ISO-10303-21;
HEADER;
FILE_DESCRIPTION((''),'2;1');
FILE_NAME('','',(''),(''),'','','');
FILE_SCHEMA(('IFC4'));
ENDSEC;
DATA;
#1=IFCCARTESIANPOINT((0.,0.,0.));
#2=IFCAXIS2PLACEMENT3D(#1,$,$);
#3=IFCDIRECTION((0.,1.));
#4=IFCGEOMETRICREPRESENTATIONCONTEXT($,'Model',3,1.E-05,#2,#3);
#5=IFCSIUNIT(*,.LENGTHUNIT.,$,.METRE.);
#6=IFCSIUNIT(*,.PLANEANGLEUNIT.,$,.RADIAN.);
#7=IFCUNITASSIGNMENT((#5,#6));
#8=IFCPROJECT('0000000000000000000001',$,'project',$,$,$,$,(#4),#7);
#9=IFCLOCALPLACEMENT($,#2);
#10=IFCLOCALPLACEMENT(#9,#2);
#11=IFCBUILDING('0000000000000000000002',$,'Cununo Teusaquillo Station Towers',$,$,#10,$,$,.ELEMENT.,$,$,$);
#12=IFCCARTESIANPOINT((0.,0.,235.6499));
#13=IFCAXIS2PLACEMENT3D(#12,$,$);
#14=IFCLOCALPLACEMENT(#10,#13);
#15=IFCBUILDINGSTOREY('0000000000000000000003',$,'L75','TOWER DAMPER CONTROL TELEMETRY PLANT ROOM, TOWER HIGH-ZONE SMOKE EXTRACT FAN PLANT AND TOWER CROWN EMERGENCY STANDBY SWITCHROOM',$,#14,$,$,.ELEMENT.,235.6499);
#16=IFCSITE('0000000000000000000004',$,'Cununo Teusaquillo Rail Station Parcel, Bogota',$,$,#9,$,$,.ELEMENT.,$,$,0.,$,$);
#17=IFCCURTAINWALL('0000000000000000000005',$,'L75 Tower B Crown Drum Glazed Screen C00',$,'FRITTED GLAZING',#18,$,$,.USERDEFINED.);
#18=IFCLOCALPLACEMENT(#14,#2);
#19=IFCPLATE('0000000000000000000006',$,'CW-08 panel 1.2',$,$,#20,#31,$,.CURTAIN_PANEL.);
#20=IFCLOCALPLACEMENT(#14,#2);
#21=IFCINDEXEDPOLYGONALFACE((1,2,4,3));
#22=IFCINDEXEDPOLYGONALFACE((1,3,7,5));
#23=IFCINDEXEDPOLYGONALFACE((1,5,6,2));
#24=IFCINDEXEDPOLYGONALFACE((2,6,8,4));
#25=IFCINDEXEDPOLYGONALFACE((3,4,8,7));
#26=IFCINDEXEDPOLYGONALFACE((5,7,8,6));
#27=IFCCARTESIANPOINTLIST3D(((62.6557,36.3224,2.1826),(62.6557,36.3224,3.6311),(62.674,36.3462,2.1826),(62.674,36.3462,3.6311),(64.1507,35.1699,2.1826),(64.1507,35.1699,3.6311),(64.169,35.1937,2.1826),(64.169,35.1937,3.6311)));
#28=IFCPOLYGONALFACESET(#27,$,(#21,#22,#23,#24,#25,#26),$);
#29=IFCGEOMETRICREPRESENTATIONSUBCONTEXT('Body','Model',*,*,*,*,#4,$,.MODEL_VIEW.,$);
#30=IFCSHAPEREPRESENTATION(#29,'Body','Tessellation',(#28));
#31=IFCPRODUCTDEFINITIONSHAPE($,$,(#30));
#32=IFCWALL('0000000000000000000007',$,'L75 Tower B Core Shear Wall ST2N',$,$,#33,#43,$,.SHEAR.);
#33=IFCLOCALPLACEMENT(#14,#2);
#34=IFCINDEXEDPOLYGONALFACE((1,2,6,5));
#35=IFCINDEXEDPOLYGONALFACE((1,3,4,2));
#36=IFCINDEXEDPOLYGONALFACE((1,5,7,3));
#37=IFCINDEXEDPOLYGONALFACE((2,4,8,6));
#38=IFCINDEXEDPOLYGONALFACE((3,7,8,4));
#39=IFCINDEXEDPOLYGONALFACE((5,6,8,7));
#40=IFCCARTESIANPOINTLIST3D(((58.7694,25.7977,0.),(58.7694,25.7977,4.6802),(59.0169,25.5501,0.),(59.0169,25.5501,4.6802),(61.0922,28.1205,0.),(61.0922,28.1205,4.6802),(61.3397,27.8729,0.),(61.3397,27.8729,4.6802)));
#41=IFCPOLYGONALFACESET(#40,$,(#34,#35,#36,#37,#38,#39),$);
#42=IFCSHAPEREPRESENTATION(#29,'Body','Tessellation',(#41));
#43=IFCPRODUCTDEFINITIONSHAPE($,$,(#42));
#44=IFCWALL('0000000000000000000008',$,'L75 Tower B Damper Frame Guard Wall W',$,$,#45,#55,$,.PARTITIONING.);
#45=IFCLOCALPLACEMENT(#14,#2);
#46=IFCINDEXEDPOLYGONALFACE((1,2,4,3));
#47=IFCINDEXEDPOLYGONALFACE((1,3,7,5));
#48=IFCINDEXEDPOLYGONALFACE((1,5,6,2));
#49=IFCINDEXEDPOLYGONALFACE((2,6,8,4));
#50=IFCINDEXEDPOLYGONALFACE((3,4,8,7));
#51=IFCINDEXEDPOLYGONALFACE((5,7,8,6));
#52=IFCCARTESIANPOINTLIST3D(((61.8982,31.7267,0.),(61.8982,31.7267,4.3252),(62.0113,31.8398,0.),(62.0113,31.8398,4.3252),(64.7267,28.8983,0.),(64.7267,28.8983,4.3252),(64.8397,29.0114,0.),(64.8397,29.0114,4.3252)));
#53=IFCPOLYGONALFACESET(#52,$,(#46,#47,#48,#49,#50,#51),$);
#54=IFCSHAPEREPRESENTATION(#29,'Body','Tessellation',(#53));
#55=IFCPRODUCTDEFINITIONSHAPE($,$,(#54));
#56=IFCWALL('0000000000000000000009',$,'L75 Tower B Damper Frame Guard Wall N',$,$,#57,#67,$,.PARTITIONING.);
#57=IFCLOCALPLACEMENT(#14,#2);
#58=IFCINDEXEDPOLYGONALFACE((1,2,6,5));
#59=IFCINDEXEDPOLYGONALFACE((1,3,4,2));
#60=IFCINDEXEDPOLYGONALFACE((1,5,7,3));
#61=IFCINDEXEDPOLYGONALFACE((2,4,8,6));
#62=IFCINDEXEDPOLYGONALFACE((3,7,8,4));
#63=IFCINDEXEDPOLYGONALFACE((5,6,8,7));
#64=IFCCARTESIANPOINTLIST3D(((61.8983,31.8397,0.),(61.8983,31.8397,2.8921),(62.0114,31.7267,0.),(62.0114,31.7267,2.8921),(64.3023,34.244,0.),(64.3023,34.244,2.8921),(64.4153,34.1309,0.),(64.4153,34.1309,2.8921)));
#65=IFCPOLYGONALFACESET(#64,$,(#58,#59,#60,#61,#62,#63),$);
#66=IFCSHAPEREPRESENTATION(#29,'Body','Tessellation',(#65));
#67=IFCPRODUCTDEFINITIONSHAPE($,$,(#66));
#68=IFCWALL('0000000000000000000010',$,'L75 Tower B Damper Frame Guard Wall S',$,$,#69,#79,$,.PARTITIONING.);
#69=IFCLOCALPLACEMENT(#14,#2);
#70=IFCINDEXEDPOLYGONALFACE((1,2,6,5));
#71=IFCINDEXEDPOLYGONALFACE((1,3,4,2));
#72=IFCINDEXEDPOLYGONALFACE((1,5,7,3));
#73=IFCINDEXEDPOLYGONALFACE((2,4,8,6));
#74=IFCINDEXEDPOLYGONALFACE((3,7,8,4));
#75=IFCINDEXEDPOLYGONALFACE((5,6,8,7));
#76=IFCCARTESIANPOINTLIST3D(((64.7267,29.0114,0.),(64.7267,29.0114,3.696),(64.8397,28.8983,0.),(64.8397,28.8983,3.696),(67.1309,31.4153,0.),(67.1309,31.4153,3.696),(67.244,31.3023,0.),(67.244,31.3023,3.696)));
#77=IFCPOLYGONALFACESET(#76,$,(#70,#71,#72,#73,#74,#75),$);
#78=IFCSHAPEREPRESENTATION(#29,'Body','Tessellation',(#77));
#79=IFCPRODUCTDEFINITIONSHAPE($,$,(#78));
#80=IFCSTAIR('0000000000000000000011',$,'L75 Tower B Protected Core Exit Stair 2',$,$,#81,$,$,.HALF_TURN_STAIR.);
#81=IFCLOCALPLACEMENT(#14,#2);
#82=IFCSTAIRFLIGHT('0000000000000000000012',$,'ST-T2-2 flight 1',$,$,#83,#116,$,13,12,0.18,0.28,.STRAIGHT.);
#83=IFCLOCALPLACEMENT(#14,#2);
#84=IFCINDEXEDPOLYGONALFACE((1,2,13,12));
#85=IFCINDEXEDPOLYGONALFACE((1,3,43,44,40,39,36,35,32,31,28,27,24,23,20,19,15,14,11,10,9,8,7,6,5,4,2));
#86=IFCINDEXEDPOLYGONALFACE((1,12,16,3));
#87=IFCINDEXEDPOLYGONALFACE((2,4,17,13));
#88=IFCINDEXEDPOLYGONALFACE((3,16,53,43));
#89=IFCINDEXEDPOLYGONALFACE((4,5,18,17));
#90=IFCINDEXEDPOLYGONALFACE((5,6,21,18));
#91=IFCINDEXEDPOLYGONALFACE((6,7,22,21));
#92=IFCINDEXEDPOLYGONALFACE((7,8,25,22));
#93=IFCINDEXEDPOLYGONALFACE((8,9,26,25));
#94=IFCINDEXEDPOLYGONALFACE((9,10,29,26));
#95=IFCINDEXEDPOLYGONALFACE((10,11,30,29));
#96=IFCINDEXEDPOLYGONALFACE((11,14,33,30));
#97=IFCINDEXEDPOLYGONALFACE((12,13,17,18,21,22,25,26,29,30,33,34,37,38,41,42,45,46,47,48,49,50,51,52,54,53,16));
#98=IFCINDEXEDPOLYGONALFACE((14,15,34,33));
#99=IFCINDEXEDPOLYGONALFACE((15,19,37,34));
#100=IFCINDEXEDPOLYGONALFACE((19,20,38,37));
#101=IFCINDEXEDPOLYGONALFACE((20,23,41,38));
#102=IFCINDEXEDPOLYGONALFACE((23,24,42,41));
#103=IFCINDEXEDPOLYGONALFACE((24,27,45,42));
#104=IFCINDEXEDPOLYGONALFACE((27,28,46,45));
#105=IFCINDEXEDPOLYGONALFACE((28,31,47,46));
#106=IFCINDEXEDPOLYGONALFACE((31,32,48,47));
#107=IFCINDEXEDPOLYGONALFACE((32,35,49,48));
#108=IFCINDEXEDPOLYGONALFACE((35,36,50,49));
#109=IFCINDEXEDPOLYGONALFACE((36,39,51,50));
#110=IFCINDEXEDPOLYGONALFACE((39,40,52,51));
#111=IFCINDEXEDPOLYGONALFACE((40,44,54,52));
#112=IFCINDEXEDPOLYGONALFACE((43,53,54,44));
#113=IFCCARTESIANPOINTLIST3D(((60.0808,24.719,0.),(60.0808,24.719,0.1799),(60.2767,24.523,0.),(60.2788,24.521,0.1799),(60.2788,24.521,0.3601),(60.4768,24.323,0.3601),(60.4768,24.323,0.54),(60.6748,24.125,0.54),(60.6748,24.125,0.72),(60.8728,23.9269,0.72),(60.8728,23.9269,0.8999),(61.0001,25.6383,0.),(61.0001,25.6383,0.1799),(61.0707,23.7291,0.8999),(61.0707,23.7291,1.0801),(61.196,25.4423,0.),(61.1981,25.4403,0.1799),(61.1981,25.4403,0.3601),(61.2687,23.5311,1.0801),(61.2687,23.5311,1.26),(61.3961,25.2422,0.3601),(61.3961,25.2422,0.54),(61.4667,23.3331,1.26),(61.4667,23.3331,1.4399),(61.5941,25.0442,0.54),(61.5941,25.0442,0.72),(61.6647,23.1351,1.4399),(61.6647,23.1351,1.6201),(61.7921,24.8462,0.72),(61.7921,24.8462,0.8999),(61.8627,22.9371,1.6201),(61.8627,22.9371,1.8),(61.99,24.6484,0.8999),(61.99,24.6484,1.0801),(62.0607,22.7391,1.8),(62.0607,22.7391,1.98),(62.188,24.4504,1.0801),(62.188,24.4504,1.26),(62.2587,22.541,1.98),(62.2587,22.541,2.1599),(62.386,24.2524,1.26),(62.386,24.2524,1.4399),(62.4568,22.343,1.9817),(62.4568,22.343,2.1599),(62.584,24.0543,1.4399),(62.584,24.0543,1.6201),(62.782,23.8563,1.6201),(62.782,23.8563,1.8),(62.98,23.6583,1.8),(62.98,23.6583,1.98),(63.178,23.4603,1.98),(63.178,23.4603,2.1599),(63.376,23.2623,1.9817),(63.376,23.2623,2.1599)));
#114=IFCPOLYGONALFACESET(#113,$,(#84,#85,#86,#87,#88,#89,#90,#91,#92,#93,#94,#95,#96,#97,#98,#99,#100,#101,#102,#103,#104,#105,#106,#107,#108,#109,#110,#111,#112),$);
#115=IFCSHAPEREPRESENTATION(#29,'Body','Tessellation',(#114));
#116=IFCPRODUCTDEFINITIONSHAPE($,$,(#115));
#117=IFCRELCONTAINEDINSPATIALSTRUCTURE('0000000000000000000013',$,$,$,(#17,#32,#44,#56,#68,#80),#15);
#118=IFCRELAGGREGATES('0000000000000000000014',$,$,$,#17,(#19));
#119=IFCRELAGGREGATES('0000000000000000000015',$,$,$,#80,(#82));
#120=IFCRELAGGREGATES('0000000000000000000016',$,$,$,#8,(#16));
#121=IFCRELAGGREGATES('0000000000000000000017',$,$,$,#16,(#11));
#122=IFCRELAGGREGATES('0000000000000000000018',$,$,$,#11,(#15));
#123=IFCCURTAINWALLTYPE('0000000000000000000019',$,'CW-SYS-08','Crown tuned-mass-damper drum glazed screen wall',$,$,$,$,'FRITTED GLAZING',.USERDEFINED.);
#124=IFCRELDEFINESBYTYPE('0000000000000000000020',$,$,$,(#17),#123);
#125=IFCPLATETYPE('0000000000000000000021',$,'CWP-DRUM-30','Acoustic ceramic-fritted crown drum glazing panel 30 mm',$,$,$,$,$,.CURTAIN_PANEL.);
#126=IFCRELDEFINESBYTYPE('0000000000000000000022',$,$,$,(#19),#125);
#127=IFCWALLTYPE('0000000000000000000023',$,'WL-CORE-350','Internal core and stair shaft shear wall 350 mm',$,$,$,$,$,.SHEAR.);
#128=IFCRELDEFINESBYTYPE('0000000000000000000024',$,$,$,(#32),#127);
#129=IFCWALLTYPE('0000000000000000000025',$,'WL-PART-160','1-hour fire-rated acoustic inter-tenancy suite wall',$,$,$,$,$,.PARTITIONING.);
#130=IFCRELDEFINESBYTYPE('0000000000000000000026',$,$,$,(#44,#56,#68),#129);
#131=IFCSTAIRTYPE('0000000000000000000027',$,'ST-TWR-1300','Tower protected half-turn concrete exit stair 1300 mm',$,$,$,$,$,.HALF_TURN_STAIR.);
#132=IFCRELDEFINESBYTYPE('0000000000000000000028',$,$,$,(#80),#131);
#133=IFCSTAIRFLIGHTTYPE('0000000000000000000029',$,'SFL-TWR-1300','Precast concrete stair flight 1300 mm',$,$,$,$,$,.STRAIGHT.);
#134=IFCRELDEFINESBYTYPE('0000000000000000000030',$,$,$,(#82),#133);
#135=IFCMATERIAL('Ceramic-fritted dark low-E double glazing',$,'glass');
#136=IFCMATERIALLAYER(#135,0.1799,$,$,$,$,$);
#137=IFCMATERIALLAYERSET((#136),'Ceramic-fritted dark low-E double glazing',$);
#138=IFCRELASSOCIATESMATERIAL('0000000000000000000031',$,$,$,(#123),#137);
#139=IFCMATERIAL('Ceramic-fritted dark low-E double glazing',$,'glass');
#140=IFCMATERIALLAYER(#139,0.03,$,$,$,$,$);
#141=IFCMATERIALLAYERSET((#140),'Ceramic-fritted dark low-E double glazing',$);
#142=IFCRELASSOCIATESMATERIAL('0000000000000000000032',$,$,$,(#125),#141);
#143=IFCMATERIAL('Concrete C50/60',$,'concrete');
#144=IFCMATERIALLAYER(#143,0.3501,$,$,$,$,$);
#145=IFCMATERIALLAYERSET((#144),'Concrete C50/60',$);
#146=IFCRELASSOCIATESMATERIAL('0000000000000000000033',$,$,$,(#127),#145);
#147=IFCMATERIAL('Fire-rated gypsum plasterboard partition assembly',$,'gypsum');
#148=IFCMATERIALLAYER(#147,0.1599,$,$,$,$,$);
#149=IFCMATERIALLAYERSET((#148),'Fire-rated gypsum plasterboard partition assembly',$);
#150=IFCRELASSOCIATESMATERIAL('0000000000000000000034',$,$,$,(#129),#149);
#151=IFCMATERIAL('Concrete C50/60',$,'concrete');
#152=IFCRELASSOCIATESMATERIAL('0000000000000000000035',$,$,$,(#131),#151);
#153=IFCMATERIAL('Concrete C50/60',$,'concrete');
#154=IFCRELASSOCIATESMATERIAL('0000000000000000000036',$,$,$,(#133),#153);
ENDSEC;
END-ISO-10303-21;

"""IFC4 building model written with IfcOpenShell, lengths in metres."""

from ifc_helpers import new_model, si_unit, direction, frame, frame_2d, origin, origin_2d, place, context, subcontext, project, spatial, polyline, rectangle, outline, extrude, source, transform, mapped, material, layer, layer_set, type_object, element, aggregate, save


model = new_model("IFC4")

# Units and contexts
model_context = context("Model", 3, precision=1e-05, world=origin(), true_north=direction((0.0, 1.0)))
body_context = subcontext(model_context, "Body", "Model", "MODEL_VIEW")
ifc_project = project(units=[si_unit("LENGTHUNIT", "METRE"), si_unit("PLANEANGLEUNIT", "RADIAN")], contexts=[model_context])

# Site, building, storey
site_placement = place(None, origin())
site = spatial("IfcSite", under=ifc_project, at=site_placement, Name="Cununo Teusaquillo Rail Station Parcel, Bogota", CompositionType="ELEMENT", RefElevation=0.0)
building_placement = place(site_placement, origin())
building = spatial("IfcBuilding", under=site, at=building_placement, Name="Cununo Teusaquillo Station Towers", CompositionType="ELEMENT")
storey_placement = place(building_placement, frame((0.0, 0.0, 235.6499)))
storey = spatial("IfcBuildingStorey", under=building, at=storey_placement, Name="L75", Description="TOWER DAMPER CONTROL TELEMETRY PLANT ROOM, TOWER HIGH-ZONE SMOKE EXTRACT FAN PLANT AND TOWER CROWN EMERGENCY STANDBY SWITCHROOM", CompositionType="ELEMENT", Elevation=235.6499)

# Curtain wall
ifc_material_1 = material(Name="Ceramic-fritted dark low-E double glazing", Category="glass")
ifc_layer_1 = layer(ifc_material_1, 0.1799)
ifc_layer_set_1 = layer_set([ifc_layer_1], Name="Ceramic-fritted dark low-E double glazing")
curtain_wall_type = type_object("IfcCurtainWallType", Name="CW-SYS-08", Description="Crown tuned-mass-damper drum glazed screen wall", ElementType="FRITTED GLAZING", PredefinedType="USERDEFINED", material=ifc_layer_set_1)
curtain_wall_placement = place(storey_placement, origin())
curtain_wall = element("IfcCurtainWall", 1, at=curtain_wall_placement, inside=storey, type_object=curtain_wall_type, Name="L75 Tower B Crown Drum Glazed Screen C00", ObjectType="FRITTED GLAZING", PredefinedType="USERDEFINED")

# Plate
ifc_material_2 = material(Name="Ceramic-fritted dark low-E double glazing", Category="glass")
ifc_layer_2 = layer(ifc_material_2, 0.03)
ifc_layer_set_2 = layer_set([ifc_layer_2], Name="Ceramic-fritted dark low-E double glazing")
plate_type_1 = type_object("IfcPlateType", Name="CWP-DRUM-30", Description="Acoustic ceramic-fritted crown drum glazing panel 30 mm", PredefinedType="CURTAIN_PANEL", material=ifc_layer_set_2)
shared_shape_1 = source(origin(), body_context, "Body", "SweptSolid", [
    extrude(rectangle(XDim=1.8877, YDim=0.03, at=origin_2d()), origin(), (0.0, 0.0, 1.0), 1.4485),
])
plate_1_placement = place(storey_placement, frame((63.4124, 35.7581, 2.1826), z_axis=(0.0, 0.0, 1.0), x_axis=(0.791965, -0.610566, 0.0)))
plate_1 = element("IfcPlate", 2, at=plate_1_placement, type_object=plate_type_1, Name="CW-08 panel 1.2", PredefinedType="CURTAIN_PANEL", context=body_context, shape_type="MappedRepresentation", body=[
    mapped(shared_shape_1, transform((0.0, 0.0, 0.0), x_axis=(1.0, 0.0, 0.0), y_axis=(0.0, 1.0, 0.0), z_axis=(0.0, 0.0, 1.0), scale=1.0)),
])
aggregate(curtain_wall, [plate_1])

# Walls
ifc_material_3 = material(Name="Concrete C50/60", Category="concrete")
ifc_layer_3 = layer(ifc_material_3, 0.3501)
ifc_layer_set_3 = layer_set([ifc_layer_3], Name="Concrete C50/60")
wall_type_1 = type_object("IfcWallType", Name="WL-CORE-350", Description="Internal core and stair shaft shear wall 350 mm", PredefinedType="SHEAR", material=ifc_layer_set_3)
wall_1_placement = place(storey_placement, frame((58.8931, 25.6738, 0.0), z_axis=(0.0, 0.0, 1.0), x_axis=(0.707107, 0.707107, 0.0)))
element("IfcWall", 3, at=wall_1_placement, inside=storey, type_object=wall_type_1, Name="L75 Tower B Core Shear Wall ST2N", PredefinedType="SHEAR", context=body_context, shape_type="SweptSolid", body=[
    extrude(rectangle(XDim=3.2849, YDim=0.3501, at=frame_2d((1.6426, 0.0))), origin(), (0.0, 0.0, 1.0), 4.6802),
])
ifc_material_4 = material(Name="Fire-rated gypsum plasterboard partition assembly", Category="gypsum")
ifc_layer_4 = layer(ifc_material_4, 0.1599)
ifc_layer_set_4 = layer_set([ifc_layer_4], Name="Fire-rated gypsum plasterboard partition assembly")
wall_type_2 = type_object("IfcWallType", Name="WL-PART-160", Description="1-hour fire-rated acoustic inter-tenancy suite wall", PredefinedType="PARTITIONING", material=ifc_layer_set_4)
wall_2_placement = place(storey_placement, frame((64.7832, 28.9548, 0.0), z_axis=(0.0, 0.0, 1.0), x_axis=(-0.707107, 0.707107, 0.0)))
element("IfcWall", 4, at=wall_2_placement, inside=storey, type_object=wall_type_2, Name="L75 Tower B Damper Frame Guard Wall W", PredefinedType="PARTITIONING", context=body_context, shape_type="SweptSolid", body=[
    extrude(rectangle(XDim=4.0, YDim=0.1599, at=frame_2d((2.0, 0.0))), origin(), (0.0, 0.0, 1.0), 4.3252),
])
wall_3_placement = place(storey_placement, frame((61.9548, 31.7832, 0.0), z_axis=(0.0, 0.0, 1.0), x_axis=(0.707071, 0.707143, 0.0)))
element("IfcWall", 5, at=wall_3_placement, inside=storey, type_object=wall_type_2, Name="L75 Tower B Damper Frame Guard Wall N", PredefinedType="PARTITIONING", context=body_context, shape_type="SweptSolid", body=[
    extrude(rectangle(XDim=3.3999, YDim=0.1599, at=frame_2d((1.7, 0.0))), origin(), (0.0, 0.0, 1.0), 2.8921),
])
wall_4_placement = place(storey_placement, frame((64.7832, 28.9548, 0.0), z_axis=(0.0, 0.0, 1.0), x_axis=(0.707143, 0.707071, 0.0)))
element("IfcWall", 6, at=wall_4_placement, inside=storey, type_object=wall_type_2, Name="L75 Tower B Damper Frame Guard Wall S", PredefinedType="PARTITIONING", context=body_context, shape_type="SweptSolid", body=[
    extrude(rectangle(XDim=3.3999, YDim=0.1599, at=frame_2d((1.7, 0.0))), origin(), (0.0, 0.0, 1.0), 3.696),
])

# Stair, stair flight
ifc_material_5 = material(Name="Concrete C50/60", Category="concrete")
stair_type = type_object("IfcStairType", Name="ST-TWR-1300", Description="Tower protected half-turn concrete exit stair 1300 mm", PredefinedType="HALF_TURN_STAIR", material=ifc_material_5)
stair_placement = place(storey_placement, origin())
stair = element("IfcStair", 7, at=stair_placement, inside=storey, type_object=stair_type, Name="L75 Tower B Protected Core Exit Stair 2", PredefinedType="HALF_TURN_STAIR")
ifc_material_6 = material(Name="Concrete C50/60", Category="concrete")
stair_flight_type = type_object("IfcStairFlightType", Name="SFL-TWR-1300", Description="Precast concrete stair flight 1300 mm", PredefinedType="STRAIGHT", material=ifc_material_6)
stair_flight_placement = place(storey_placement, frame((60.5405, 25.1787, 0.0), z_axis=(0.0, 0.0, 1.0), x_axis=(0.707107, -0.707107, 0.0)))
stair_flight = element("IfcStairFlight", 8, at=stair_flight_placement, type_object=stair_flight_type, Name="ST-T2-2 flight 1", NumberOfRisers=13, NumberOfTreads=12, PredefinedType="STRAIGHT", RiserHeight=0.18, TreadLength=0.28, context=body_context, shape_type="SweptSolid", body=[
    extrude(outline(polyline([(0.0, 0.0), (0.0, 0.1799), (0.28, 0.1799), (0.28, 0.3601), (0.5601, 0.3601), (0.5601, 0.54), (0.8401, 0.54), (0.8401, 0.72), (1.1201, 0.72), (1.1201, 0.8999), (1.3999, 0.8999), (1.3999, 1.0801), (1.6799, 1.0801), (1.6799, 1.26), (1.96, 1.26), (1.96, 1.4399), (2.24, 1.4399), (2.24, 1.6201), (2.52, 1.6201), (2.52, 1.8), (2.8, 1.8), (2.8, 1.98), (3.0801, 1.98), (3.0801, 2.1599), (3.3601, 2.1599), (3.3601, 2.3401), (3.3601, 1.9817), (0.2771, 0.0), (0.0, 0.0)])), frame((0.0, 0.6499, 0.0), z_axis=(0.0, -1.0, 0.0), x_axis=(1.0, 0.0, 0.0)), (0.0, 0.0, 1.0), 1.3),
])
aggregate(stair, [stair_flight])

save(model, "model.ifc")
